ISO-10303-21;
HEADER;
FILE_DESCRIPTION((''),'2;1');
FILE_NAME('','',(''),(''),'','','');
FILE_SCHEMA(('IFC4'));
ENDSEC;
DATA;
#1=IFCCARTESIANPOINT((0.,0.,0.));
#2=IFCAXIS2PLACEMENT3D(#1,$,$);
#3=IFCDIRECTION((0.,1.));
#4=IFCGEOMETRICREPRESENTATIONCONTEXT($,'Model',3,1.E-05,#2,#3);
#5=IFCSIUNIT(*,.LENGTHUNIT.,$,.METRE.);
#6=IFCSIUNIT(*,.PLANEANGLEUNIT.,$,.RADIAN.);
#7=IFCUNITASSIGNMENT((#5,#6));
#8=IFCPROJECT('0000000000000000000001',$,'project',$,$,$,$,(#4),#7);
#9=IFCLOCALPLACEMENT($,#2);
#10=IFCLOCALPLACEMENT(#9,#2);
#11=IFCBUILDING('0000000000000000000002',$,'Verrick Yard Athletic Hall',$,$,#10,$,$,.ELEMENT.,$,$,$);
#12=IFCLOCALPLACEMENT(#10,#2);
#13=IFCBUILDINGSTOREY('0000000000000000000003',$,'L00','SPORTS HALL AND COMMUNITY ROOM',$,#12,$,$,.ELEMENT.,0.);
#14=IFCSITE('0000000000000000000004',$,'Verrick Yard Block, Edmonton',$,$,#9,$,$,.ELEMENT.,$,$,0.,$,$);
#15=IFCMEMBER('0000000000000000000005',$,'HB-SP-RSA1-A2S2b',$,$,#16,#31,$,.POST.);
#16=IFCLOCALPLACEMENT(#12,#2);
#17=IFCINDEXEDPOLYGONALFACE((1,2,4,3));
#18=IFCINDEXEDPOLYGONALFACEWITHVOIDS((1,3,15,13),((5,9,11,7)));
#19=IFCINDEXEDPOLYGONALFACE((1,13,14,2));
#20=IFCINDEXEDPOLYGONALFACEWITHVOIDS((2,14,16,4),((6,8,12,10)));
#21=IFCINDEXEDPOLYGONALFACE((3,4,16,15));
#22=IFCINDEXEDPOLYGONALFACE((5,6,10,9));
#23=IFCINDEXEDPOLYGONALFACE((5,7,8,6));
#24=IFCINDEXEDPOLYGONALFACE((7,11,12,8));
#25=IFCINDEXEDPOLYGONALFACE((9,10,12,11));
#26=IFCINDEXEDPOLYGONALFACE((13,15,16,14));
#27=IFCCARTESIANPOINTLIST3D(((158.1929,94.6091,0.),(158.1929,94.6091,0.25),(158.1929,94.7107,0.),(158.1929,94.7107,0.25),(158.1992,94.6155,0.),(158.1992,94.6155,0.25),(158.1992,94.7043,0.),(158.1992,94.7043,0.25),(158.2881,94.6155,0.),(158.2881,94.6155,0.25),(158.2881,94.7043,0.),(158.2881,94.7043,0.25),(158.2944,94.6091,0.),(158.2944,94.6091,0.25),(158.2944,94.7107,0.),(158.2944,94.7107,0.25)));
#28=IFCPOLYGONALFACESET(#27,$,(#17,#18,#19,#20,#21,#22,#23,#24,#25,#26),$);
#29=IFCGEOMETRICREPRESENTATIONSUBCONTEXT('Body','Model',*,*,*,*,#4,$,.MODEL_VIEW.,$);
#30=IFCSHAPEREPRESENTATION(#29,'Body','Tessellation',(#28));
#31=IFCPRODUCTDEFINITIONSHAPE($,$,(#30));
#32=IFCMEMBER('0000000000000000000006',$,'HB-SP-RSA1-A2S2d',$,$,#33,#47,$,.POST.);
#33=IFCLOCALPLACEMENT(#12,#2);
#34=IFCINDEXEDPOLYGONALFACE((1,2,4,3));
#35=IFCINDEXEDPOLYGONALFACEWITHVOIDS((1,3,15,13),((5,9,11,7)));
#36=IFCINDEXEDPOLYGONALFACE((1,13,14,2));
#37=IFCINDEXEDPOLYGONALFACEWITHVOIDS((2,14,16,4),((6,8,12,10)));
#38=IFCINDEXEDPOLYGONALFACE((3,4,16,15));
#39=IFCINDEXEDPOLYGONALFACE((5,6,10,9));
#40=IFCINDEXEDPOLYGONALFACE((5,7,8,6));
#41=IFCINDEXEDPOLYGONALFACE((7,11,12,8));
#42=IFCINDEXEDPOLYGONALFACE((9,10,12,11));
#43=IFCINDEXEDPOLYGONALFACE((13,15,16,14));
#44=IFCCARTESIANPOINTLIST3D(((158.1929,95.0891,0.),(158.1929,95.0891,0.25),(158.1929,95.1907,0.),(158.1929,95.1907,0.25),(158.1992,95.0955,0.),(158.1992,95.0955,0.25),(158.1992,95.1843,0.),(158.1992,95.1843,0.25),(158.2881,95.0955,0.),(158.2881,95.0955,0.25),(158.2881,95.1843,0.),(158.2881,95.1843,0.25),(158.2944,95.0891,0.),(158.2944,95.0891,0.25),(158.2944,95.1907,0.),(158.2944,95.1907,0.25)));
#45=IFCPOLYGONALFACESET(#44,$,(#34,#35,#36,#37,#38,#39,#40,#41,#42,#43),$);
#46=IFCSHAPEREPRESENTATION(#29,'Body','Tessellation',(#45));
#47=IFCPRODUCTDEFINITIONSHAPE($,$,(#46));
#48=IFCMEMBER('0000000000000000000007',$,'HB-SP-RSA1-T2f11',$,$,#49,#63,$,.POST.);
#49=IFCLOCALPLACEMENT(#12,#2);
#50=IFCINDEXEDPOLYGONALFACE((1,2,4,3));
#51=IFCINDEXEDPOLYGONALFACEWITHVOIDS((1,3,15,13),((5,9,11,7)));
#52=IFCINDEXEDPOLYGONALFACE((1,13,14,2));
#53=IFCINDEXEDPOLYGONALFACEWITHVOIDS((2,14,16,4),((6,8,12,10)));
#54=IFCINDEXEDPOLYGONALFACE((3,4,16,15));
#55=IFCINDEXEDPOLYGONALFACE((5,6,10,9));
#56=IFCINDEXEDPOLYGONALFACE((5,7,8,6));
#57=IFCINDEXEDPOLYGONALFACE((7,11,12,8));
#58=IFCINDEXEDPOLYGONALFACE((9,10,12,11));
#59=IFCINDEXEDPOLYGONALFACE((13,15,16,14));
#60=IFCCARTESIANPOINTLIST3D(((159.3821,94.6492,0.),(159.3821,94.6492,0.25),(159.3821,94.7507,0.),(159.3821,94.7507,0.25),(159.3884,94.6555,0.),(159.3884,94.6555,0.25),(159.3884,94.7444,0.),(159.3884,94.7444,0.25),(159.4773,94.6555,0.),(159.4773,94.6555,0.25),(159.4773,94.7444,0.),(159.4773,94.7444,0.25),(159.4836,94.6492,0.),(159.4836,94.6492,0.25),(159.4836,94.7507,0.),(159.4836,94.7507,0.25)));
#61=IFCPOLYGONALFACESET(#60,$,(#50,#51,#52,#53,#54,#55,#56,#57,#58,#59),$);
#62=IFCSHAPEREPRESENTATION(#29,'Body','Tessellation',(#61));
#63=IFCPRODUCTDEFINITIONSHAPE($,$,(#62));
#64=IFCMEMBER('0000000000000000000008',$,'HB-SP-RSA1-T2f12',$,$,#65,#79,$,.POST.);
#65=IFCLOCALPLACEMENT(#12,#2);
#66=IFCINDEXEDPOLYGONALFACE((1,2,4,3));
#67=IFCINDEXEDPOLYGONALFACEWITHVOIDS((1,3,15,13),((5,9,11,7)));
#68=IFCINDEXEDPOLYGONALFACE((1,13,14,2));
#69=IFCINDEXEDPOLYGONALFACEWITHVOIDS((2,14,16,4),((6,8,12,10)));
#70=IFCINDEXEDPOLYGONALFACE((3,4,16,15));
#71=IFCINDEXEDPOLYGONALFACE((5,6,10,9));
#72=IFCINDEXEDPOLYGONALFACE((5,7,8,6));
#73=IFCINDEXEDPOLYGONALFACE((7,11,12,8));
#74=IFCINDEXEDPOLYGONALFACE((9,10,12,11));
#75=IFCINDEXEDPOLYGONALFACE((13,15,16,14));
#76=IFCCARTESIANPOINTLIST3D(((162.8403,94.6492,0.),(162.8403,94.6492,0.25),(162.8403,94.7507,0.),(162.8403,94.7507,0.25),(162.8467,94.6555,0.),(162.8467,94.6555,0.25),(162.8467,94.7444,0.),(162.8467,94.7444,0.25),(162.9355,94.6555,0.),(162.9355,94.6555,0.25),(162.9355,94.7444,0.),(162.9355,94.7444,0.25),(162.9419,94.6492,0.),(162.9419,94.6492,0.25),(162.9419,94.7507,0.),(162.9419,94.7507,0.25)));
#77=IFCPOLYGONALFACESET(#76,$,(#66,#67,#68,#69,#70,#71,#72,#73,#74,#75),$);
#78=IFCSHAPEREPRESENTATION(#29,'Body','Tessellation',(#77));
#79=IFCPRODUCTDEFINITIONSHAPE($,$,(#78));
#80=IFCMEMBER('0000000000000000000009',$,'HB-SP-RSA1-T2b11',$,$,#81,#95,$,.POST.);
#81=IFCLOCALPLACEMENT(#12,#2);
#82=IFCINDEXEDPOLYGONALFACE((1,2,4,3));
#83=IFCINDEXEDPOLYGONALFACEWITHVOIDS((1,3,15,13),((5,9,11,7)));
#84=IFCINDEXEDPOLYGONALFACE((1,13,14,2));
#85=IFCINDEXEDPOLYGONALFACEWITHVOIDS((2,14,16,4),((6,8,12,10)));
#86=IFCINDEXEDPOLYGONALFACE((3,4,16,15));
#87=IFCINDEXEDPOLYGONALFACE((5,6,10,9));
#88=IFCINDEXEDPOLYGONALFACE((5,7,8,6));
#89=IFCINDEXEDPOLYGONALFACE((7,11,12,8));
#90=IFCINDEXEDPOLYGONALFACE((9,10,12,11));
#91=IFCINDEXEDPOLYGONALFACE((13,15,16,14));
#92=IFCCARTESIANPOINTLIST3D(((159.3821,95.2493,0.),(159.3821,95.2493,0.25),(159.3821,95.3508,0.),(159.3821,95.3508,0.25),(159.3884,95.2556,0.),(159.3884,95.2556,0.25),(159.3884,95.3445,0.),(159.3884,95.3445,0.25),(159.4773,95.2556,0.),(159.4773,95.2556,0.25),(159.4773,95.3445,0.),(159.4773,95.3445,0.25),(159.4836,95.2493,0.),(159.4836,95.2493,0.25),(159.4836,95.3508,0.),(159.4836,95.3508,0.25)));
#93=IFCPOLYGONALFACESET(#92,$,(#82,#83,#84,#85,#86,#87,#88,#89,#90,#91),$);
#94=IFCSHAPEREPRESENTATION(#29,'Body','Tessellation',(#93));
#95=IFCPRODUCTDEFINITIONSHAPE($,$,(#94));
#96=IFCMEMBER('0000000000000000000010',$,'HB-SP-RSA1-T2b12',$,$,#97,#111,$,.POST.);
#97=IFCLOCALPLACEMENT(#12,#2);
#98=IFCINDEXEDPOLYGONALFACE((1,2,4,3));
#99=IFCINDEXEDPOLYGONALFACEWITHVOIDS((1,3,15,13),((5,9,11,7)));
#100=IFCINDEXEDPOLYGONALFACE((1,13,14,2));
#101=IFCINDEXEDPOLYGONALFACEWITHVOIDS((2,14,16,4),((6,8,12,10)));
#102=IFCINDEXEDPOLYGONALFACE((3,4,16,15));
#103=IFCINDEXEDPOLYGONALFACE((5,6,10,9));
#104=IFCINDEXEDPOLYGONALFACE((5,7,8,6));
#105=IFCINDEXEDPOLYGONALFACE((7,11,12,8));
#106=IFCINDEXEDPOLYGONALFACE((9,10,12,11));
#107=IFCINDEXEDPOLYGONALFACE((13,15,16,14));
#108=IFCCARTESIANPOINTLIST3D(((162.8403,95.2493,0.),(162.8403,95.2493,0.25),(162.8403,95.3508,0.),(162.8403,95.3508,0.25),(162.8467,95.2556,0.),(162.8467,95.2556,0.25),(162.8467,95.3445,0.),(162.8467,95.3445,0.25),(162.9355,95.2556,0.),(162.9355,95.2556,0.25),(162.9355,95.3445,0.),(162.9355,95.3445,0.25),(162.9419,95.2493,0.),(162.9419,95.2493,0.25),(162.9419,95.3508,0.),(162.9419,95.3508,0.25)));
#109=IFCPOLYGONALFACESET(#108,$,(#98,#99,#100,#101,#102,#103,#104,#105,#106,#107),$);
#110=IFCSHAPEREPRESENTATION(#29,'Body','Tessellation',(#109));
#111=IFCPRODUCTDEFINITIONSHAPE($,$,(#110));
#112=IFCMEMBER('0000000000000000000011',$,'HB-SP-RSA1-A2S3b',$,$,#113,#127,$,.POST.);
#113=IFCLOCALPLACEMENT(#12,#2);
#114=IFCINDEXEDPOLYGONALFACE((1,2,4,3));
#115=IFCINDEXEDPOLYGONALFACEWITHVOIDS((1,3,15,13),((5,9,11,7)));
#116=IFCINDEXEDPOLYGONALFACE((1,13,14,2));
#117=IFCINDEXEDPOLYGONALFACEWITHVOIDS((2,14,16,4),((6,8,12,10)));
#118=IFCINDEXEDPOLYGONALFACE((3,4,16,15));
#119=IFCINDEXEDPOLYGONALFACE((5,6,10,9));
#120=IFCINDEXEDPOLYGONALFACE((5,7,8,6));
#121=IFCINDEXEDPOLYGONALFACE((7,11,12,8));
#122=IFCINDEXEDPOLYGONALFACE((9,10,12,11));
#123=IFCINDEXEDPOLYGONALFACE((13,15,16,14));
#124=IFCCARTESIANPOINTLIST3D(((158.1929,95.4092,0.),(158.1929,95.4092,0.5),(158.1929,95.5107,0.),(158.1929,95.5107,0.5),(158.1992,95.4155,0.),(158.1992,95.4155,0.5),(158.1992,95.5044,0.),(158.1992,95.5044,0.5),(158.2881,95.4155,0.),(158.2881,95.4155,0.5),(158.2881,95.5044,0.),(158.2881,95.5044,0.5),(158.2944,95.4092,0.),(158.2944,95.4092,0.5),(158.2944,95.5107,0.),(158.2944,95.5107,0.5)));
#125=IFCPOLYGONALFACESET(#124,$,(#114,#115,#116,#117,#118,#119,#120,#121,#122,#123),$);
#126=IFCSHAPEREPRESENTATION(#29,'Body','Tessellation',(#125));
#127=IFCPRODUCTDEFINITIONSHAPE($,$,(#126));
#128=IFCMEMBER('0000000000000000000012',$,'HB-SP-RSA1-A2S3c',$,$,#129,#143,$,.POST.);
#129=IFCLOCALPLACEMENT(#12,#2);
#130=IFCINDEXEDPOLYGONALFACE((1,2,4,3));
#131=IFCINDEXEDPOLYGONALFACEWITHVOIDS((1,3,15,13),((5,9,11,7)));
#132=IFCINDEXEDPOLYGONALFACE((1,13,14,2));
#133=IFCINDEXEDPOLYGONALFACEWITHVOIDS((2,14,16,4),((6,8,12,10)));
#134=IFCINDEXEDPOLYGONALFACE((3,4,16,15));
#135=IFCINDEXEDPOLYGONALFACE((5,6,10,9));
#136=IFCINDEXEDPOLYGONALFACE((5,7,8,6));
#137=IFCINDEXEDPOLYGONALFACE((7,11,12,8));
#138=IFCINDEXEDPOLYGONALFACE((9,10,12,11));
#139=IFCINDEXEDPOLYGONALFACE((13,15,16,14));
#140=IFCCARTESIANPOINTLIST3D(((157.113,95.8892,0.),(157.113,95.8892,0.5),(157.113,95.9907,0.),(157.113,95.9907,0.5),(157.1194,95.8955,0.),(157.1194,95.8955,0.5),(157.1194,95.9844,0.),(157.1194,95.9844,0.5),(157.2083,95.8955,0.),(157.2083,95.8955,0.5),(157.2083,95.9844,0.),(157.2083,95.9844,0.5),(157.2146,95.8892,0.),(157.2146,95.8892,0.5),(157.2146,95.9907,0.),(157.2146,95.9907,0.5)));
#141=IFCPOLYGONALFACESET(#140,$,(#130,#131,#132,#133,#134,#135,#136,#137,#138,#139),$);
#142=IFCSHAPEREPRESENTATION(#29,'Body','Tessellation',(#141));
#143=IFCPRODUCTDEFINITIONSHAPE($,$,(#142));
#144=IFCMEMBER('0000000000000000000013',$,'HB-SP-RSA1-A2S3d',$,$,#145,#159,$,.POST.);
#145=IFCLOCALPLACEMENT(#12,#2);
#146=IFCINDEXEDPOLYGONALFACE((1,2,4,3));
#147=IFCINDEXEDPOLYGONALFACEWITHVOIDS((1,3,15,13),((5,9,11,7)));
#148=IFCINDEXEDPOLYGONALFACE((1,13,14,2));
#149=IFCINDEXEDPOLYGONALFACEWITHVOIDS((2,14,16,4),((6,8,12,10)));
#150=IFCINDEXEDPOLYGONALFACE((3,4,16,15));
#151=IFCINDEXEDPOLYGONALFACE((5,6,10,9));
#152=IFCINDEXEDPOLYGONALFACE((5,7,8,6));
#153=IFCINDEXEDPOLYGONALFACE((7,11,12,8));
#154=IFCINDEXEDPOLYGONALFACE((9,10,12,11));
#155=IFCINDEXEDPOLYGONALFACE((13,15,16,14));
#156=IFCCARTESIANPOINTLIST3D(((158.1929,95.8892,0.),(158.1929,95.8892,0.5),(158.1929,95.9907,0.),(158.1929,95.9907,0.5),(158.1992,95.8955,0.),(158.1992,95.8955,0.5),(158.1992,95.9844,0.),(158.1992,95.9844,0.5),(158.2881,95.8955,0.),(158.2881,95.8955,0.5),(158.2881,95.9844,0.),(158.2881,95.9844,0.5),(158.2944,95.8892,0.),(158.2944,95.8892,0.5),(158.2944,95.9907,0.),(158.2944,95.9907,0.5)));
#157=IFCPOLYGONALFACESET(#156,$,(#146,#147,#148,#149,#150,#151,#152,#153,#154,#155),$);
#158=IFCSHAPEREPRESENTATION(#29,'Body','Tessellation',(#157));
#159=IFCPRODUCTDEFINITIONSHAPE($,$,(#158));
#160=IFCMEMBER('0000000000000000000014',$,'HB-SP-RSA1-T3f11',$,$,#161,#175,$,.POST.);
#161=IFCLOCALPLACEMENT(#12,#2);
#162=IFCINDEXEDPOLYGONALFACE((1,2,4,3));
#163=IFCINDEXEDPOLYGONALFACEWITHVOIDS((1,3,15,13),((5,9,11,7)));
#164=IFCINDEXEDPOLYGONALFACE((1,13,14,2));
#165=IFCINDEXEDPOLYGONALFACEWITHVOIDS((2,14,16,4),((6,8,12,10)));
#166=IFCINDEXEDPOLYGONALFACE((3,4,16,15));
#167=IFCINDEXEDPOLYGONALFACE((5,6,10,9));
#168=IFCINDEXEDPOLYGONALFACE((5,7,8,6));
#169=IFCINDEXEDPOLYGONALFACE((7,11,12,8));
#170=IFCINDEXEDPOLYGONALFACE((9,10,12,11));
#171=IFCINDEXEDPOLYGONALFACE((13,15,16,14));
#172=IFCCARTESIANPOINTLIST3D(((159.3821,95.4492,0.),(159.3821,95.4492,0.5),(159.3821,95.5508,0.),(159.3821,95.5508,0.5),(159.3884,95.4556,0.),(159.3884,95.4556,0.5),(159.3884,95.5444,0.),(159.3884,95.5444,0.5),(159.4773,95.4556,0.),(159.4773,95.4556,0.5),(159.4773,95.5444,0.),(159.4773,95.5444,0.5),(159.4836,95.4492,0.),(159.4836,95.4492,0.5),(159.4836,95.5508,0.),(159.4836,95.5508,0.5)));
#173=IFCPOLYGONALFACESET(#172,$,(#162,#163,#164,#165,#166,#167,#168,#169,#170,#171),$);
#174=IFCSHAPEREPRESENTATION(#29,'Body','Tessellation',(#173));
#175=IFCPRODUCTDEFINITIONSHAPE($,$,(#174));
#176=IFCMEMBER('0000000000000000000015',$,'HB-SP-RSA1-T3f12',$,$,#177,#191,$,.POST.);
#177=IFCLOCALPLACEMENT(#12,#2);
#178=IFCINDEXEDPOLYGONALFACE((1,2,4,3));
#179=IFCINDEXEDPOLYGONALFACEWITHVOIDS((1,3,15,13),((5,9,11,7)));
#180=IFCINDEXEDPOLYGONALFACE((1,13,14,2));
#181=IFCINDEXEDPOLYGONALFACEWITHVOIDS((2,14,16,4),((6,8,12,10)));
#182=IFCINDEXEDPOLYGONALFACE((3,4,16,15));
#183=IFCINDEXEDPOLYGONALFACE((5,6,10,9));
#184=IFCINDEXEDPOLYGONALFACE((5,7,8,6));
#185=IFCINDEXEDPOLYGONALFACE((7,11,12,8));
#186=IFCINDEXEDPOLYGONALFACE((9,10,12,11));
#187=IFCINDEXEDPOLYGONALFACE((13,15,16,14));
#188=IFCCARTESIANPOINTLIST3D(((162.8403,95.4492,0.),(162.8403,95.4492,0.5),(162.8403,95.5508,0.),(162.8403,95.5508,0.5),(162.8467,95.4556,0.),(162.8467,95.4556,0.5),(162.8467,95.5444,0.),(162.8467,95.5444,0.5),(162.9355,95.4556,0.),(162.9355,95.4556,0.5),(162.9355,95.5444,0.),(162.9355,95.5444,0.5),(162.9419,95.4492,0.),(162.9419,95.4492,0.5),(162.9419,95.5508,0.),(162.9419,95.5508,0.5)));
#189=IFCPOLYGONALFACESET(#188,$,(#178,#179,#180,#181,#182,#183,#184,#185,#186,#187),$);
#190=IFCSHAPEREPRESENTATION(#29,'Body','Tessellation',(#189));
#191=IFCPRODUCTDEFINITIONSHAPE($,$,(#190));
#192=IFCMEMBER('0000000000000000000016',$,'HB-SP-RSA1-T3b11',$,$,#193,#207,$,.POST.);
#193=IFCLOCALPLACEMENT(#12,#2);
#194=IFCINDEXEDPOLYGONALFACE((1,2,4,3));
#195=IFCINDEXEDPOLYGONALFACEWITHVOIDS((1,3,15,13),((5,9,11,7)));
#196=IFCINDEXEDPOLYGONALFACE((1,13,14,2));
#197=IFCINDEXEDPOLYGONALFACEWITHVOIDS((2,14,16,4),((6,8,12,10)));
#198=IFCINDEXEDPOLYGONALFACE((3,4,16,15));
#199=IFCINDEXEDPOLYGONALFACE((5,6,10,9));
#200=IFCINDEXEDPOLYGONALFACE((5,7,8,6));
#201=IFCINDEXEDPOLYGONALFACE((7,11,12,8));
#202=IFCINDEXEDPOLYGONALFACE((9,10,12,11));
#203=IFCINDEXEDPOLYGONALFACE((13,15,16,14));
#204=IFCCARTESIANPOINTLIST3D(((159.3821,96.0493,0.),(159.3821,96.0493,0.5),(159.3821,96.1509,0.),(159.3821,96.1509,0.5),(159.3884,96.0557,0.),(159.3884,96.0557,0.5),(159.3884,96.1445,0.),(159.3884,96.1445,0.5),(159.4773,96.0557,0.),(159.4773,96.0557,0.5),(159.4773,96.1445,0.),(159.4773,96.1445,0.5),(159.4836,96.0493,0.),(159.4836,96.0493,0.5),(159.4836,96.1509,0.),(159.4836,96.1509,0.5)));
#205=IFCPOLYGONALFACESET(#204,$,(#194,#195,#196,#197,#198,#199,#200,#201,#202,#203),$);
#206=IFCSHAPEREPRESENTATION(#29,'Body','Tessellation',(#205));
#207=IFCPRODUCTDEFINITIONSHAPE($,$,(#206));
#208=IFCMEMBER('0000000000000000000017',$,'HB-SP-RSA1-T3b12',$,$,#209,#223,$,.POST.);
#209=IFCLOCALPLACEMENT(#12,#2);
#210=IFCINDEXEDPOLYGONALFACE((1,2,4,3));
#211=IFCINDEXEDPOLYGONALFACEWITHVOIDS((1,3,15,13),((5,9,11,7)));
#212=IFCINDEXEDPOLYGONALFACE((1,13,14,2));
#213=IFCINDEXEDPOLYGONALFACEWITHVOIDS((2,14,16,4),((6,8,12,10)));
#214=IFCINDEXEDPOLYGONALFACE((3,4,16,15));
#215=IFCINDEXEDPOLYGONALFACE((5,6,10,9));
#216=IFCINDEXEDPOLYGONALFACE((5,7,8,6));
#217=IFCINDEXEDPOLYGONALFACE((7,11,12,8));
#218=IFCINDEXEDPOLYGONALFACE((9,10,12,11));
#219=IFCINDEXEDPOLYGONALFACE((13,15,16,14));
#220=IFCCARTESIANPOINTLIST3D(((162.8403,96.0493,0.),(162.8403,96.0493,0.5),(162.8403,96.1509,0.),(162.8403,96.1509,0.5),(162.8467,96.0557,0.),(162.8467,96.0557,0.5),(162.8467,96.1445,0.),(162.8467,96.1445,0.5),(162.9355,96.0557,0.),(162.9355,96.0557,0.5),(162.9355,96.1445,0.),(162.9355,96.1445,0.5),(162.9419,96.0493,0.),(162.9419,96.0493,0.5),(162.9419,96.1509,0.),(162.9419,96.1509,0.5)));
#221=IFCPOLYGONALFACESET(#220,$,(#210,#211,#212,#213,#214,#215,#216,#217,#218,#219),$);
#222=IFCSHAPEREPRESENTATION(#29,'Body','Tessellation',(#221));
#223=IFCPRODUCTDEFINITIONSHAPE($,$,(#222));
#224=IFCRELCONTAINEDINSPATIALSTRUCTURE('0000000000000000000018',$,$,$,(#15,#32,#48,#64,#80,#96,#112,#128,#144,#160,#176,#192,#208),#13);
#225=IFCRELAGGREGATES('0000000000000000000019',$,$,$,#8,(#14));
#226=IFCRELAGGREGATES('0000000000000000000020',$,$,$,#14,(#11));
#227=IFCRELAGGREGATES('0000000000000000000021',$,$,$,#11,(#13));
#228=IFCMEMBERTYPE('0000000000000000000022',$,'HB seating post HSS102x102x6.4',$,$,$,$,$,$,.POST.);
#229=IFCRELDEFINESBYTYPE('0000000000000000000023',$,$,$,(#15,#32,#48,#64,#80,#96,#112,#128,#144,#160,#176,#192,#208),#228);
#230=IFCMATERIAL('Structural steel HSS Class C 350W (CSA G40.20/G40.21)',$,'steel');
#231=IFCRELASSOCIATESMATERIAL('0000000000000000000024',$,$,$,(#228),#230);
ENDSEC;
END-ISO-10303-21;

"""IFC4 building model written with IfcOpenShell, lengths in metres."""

from ifc_helpers import new_model, si_unit, direction, frame, origin, origin_2d, place, context, subcontext, project, spatial, hollow_rectangle, extrude, material, material_profile, profile_set, type_object, element, save


model = new_model("IFC4")

# Units and contexts
model_context = context("Model", 3, precision=1e-05, world=origin(), true_north=direction((0.0, 1.0)))
body_context = subcontext(model_context, "Body", "Model", "MODEL_VIEW")
ifc_project = project(units=[si_unit("LENGTHUNIT", "METRE"), si_unit("PLANEANGLEUNIT", "RADIAN")], contexts=[model_context])

# Site, building, storey
site_placement = place(None, origin())
site = spatial("IfcSite", under=ifc_project, at=site_placement, Name="Verrick Yard Block, Edmonton", CompositionType="ELEMENT", RefElevation=0.0)
building_placement = place(site_placement, origin())
building = spatial("IfcBuilding", under=site, at=building_placement, Name="Verrick Yard Athletic Hall", CompositionType="ELEMENT")
storey_placement = place(building_placement, origin())
storey = spatial("IfcBuildingStorey", under=building, at=storey_placement, Name="L00", Description="SPORTS HALL AND COMMUNITY ROOM", CompositionType="ELEMENT", Elevation=0.0)

# Members
ifc_material_1 = material(Name="Structural steel HSS Class C 350W (CSA G40.20/G40.21)", Category="steel")
ifc_material_profile = material_profile(ifc_material_1, hollow_rectangle(XDim=0.1016, YDim=0.1016, WallThickness=0.0063, at=origin_2d()), Name="HSS102x102x6.4")
ifc_profile_set = profile_set([ifc_material_profile], Name="Structural steel HSS Class C 350W (CSA G40.20/G40.21)")
member_type = type_object("IfcMemberType", Name="HB seating post HSS102x102x6.4", PredefinedType="POST", material=ifc_profile_set)
for number, where, z_axis, x_axis, name in (
    (1, (158.2437, 94.6599, 0.0), (0.0, 0.0, 1.0), (0.0, 1.0, 0.0), "HB-SP-RSA1-A2S2b"),
    (2, (158.2437, 95.1399, 0.0), (0.0, 0.0, 1.0), (0.0, 1.0, 0.0), "HB-SP-RSA1-A2S2d"),
    (3, (159.4329, 94.7, 0.0), (0.0, 0.0, 1.0), (0.0, 1.0, 0.0), "HB-SP-RSA1-T2f11"),
    (4, (162.8911, 94.7, 0.0), (0.0, 0.0, 1.0), (0.0, 1.0, 0.0), "HB-SP-RSA1-T2f12"),
    (5, (159.4329, 95.3, 0.0), (0.0, 0.0, 1.0), (0.0, 1.0, 0.0), "HB-SP-RSA1-T2b11"),
    (6, (162.8911, 95.3, 0.0), (0.0, 0.0, 1.0), (0.0, 1.0, 0.0), "HB-SP-RSA1-T2b12"),
):
    element("IfcMember", number, at=place(storey_placement, frame(where, z_axis=z_axis, x_axis=x_axis)), inside=storey, type_object=member_type, Name=name, PredefinedType="POST", context=body_context, shape_type="SweptSolid", body=[
        extrude(hollow_rectangle(XDim=0.1016, YDim=0.1016, WallThickness=0.0063, at=origin_2d()), origin(), (0.0, 0.0, 1.0), 0.25),
    ])
for number, where, z_axis, x_axis, name in (
    (7, (158.2437, 95.46, 0.0), (0.0, 0.0, 1.0), (0.0, 1.0, 0.0), "HB-SP-RSA1-A2S3b"),
    (8, (157.1638, 95.9399, 0.0), (0.0, 0.0, 1.0), (0.0, 1.0, 0.0), "HB-SP-RSA1-A2S3c"),
    (9, (158.2437, 95.9399, 0.0), (0.0, 0.0, 1.0), (0.0, 1.0, 0.0), "HB-SP-RSA1-A2S3d"),
    (10, (159.4329, 95.5, 0.0), (0.0, 0.0, 1.0), (0.0, 1.0, 0.0), "HB-SP-RSA1-T3f11"),
    (11, (162.8911, 95.5, 0.0), (0.0, 0.0, 1.0), (0.0, 1.0, 0.0), "HB-SP-RSA1-T3f12"),
    (12, (159.4329, 96.1001, 0.0), (0.0, 0.0, 1.0), (0.0, 1.0, 0.0), "HB-SP-RSA1-T3b11"),
    (13, (162.8911, 96.1001, 0.0), (0.0, 0.0, 1.0), (0.0, 1.0, 0.0), "HB-SP-RSA1-T3b12"),
):
    element("IfcMember", number, at=place(storey_placement, frame(where, z_axis=z_axis, x_axis=x_axis)), inside=storey, type_object=member_type, Name=name, PredefinedType="POST", context=body_context, shape_type="SweptSolid", body=[
        extrude(hollow_rectangle(XDim=0.1016, YDim=0.1016, WallThickness=0.0063, at=origin_2d()), origin(), (0.0, 0.0, 1.0), 0.5),
    ])

save(model, "model.ifc")
